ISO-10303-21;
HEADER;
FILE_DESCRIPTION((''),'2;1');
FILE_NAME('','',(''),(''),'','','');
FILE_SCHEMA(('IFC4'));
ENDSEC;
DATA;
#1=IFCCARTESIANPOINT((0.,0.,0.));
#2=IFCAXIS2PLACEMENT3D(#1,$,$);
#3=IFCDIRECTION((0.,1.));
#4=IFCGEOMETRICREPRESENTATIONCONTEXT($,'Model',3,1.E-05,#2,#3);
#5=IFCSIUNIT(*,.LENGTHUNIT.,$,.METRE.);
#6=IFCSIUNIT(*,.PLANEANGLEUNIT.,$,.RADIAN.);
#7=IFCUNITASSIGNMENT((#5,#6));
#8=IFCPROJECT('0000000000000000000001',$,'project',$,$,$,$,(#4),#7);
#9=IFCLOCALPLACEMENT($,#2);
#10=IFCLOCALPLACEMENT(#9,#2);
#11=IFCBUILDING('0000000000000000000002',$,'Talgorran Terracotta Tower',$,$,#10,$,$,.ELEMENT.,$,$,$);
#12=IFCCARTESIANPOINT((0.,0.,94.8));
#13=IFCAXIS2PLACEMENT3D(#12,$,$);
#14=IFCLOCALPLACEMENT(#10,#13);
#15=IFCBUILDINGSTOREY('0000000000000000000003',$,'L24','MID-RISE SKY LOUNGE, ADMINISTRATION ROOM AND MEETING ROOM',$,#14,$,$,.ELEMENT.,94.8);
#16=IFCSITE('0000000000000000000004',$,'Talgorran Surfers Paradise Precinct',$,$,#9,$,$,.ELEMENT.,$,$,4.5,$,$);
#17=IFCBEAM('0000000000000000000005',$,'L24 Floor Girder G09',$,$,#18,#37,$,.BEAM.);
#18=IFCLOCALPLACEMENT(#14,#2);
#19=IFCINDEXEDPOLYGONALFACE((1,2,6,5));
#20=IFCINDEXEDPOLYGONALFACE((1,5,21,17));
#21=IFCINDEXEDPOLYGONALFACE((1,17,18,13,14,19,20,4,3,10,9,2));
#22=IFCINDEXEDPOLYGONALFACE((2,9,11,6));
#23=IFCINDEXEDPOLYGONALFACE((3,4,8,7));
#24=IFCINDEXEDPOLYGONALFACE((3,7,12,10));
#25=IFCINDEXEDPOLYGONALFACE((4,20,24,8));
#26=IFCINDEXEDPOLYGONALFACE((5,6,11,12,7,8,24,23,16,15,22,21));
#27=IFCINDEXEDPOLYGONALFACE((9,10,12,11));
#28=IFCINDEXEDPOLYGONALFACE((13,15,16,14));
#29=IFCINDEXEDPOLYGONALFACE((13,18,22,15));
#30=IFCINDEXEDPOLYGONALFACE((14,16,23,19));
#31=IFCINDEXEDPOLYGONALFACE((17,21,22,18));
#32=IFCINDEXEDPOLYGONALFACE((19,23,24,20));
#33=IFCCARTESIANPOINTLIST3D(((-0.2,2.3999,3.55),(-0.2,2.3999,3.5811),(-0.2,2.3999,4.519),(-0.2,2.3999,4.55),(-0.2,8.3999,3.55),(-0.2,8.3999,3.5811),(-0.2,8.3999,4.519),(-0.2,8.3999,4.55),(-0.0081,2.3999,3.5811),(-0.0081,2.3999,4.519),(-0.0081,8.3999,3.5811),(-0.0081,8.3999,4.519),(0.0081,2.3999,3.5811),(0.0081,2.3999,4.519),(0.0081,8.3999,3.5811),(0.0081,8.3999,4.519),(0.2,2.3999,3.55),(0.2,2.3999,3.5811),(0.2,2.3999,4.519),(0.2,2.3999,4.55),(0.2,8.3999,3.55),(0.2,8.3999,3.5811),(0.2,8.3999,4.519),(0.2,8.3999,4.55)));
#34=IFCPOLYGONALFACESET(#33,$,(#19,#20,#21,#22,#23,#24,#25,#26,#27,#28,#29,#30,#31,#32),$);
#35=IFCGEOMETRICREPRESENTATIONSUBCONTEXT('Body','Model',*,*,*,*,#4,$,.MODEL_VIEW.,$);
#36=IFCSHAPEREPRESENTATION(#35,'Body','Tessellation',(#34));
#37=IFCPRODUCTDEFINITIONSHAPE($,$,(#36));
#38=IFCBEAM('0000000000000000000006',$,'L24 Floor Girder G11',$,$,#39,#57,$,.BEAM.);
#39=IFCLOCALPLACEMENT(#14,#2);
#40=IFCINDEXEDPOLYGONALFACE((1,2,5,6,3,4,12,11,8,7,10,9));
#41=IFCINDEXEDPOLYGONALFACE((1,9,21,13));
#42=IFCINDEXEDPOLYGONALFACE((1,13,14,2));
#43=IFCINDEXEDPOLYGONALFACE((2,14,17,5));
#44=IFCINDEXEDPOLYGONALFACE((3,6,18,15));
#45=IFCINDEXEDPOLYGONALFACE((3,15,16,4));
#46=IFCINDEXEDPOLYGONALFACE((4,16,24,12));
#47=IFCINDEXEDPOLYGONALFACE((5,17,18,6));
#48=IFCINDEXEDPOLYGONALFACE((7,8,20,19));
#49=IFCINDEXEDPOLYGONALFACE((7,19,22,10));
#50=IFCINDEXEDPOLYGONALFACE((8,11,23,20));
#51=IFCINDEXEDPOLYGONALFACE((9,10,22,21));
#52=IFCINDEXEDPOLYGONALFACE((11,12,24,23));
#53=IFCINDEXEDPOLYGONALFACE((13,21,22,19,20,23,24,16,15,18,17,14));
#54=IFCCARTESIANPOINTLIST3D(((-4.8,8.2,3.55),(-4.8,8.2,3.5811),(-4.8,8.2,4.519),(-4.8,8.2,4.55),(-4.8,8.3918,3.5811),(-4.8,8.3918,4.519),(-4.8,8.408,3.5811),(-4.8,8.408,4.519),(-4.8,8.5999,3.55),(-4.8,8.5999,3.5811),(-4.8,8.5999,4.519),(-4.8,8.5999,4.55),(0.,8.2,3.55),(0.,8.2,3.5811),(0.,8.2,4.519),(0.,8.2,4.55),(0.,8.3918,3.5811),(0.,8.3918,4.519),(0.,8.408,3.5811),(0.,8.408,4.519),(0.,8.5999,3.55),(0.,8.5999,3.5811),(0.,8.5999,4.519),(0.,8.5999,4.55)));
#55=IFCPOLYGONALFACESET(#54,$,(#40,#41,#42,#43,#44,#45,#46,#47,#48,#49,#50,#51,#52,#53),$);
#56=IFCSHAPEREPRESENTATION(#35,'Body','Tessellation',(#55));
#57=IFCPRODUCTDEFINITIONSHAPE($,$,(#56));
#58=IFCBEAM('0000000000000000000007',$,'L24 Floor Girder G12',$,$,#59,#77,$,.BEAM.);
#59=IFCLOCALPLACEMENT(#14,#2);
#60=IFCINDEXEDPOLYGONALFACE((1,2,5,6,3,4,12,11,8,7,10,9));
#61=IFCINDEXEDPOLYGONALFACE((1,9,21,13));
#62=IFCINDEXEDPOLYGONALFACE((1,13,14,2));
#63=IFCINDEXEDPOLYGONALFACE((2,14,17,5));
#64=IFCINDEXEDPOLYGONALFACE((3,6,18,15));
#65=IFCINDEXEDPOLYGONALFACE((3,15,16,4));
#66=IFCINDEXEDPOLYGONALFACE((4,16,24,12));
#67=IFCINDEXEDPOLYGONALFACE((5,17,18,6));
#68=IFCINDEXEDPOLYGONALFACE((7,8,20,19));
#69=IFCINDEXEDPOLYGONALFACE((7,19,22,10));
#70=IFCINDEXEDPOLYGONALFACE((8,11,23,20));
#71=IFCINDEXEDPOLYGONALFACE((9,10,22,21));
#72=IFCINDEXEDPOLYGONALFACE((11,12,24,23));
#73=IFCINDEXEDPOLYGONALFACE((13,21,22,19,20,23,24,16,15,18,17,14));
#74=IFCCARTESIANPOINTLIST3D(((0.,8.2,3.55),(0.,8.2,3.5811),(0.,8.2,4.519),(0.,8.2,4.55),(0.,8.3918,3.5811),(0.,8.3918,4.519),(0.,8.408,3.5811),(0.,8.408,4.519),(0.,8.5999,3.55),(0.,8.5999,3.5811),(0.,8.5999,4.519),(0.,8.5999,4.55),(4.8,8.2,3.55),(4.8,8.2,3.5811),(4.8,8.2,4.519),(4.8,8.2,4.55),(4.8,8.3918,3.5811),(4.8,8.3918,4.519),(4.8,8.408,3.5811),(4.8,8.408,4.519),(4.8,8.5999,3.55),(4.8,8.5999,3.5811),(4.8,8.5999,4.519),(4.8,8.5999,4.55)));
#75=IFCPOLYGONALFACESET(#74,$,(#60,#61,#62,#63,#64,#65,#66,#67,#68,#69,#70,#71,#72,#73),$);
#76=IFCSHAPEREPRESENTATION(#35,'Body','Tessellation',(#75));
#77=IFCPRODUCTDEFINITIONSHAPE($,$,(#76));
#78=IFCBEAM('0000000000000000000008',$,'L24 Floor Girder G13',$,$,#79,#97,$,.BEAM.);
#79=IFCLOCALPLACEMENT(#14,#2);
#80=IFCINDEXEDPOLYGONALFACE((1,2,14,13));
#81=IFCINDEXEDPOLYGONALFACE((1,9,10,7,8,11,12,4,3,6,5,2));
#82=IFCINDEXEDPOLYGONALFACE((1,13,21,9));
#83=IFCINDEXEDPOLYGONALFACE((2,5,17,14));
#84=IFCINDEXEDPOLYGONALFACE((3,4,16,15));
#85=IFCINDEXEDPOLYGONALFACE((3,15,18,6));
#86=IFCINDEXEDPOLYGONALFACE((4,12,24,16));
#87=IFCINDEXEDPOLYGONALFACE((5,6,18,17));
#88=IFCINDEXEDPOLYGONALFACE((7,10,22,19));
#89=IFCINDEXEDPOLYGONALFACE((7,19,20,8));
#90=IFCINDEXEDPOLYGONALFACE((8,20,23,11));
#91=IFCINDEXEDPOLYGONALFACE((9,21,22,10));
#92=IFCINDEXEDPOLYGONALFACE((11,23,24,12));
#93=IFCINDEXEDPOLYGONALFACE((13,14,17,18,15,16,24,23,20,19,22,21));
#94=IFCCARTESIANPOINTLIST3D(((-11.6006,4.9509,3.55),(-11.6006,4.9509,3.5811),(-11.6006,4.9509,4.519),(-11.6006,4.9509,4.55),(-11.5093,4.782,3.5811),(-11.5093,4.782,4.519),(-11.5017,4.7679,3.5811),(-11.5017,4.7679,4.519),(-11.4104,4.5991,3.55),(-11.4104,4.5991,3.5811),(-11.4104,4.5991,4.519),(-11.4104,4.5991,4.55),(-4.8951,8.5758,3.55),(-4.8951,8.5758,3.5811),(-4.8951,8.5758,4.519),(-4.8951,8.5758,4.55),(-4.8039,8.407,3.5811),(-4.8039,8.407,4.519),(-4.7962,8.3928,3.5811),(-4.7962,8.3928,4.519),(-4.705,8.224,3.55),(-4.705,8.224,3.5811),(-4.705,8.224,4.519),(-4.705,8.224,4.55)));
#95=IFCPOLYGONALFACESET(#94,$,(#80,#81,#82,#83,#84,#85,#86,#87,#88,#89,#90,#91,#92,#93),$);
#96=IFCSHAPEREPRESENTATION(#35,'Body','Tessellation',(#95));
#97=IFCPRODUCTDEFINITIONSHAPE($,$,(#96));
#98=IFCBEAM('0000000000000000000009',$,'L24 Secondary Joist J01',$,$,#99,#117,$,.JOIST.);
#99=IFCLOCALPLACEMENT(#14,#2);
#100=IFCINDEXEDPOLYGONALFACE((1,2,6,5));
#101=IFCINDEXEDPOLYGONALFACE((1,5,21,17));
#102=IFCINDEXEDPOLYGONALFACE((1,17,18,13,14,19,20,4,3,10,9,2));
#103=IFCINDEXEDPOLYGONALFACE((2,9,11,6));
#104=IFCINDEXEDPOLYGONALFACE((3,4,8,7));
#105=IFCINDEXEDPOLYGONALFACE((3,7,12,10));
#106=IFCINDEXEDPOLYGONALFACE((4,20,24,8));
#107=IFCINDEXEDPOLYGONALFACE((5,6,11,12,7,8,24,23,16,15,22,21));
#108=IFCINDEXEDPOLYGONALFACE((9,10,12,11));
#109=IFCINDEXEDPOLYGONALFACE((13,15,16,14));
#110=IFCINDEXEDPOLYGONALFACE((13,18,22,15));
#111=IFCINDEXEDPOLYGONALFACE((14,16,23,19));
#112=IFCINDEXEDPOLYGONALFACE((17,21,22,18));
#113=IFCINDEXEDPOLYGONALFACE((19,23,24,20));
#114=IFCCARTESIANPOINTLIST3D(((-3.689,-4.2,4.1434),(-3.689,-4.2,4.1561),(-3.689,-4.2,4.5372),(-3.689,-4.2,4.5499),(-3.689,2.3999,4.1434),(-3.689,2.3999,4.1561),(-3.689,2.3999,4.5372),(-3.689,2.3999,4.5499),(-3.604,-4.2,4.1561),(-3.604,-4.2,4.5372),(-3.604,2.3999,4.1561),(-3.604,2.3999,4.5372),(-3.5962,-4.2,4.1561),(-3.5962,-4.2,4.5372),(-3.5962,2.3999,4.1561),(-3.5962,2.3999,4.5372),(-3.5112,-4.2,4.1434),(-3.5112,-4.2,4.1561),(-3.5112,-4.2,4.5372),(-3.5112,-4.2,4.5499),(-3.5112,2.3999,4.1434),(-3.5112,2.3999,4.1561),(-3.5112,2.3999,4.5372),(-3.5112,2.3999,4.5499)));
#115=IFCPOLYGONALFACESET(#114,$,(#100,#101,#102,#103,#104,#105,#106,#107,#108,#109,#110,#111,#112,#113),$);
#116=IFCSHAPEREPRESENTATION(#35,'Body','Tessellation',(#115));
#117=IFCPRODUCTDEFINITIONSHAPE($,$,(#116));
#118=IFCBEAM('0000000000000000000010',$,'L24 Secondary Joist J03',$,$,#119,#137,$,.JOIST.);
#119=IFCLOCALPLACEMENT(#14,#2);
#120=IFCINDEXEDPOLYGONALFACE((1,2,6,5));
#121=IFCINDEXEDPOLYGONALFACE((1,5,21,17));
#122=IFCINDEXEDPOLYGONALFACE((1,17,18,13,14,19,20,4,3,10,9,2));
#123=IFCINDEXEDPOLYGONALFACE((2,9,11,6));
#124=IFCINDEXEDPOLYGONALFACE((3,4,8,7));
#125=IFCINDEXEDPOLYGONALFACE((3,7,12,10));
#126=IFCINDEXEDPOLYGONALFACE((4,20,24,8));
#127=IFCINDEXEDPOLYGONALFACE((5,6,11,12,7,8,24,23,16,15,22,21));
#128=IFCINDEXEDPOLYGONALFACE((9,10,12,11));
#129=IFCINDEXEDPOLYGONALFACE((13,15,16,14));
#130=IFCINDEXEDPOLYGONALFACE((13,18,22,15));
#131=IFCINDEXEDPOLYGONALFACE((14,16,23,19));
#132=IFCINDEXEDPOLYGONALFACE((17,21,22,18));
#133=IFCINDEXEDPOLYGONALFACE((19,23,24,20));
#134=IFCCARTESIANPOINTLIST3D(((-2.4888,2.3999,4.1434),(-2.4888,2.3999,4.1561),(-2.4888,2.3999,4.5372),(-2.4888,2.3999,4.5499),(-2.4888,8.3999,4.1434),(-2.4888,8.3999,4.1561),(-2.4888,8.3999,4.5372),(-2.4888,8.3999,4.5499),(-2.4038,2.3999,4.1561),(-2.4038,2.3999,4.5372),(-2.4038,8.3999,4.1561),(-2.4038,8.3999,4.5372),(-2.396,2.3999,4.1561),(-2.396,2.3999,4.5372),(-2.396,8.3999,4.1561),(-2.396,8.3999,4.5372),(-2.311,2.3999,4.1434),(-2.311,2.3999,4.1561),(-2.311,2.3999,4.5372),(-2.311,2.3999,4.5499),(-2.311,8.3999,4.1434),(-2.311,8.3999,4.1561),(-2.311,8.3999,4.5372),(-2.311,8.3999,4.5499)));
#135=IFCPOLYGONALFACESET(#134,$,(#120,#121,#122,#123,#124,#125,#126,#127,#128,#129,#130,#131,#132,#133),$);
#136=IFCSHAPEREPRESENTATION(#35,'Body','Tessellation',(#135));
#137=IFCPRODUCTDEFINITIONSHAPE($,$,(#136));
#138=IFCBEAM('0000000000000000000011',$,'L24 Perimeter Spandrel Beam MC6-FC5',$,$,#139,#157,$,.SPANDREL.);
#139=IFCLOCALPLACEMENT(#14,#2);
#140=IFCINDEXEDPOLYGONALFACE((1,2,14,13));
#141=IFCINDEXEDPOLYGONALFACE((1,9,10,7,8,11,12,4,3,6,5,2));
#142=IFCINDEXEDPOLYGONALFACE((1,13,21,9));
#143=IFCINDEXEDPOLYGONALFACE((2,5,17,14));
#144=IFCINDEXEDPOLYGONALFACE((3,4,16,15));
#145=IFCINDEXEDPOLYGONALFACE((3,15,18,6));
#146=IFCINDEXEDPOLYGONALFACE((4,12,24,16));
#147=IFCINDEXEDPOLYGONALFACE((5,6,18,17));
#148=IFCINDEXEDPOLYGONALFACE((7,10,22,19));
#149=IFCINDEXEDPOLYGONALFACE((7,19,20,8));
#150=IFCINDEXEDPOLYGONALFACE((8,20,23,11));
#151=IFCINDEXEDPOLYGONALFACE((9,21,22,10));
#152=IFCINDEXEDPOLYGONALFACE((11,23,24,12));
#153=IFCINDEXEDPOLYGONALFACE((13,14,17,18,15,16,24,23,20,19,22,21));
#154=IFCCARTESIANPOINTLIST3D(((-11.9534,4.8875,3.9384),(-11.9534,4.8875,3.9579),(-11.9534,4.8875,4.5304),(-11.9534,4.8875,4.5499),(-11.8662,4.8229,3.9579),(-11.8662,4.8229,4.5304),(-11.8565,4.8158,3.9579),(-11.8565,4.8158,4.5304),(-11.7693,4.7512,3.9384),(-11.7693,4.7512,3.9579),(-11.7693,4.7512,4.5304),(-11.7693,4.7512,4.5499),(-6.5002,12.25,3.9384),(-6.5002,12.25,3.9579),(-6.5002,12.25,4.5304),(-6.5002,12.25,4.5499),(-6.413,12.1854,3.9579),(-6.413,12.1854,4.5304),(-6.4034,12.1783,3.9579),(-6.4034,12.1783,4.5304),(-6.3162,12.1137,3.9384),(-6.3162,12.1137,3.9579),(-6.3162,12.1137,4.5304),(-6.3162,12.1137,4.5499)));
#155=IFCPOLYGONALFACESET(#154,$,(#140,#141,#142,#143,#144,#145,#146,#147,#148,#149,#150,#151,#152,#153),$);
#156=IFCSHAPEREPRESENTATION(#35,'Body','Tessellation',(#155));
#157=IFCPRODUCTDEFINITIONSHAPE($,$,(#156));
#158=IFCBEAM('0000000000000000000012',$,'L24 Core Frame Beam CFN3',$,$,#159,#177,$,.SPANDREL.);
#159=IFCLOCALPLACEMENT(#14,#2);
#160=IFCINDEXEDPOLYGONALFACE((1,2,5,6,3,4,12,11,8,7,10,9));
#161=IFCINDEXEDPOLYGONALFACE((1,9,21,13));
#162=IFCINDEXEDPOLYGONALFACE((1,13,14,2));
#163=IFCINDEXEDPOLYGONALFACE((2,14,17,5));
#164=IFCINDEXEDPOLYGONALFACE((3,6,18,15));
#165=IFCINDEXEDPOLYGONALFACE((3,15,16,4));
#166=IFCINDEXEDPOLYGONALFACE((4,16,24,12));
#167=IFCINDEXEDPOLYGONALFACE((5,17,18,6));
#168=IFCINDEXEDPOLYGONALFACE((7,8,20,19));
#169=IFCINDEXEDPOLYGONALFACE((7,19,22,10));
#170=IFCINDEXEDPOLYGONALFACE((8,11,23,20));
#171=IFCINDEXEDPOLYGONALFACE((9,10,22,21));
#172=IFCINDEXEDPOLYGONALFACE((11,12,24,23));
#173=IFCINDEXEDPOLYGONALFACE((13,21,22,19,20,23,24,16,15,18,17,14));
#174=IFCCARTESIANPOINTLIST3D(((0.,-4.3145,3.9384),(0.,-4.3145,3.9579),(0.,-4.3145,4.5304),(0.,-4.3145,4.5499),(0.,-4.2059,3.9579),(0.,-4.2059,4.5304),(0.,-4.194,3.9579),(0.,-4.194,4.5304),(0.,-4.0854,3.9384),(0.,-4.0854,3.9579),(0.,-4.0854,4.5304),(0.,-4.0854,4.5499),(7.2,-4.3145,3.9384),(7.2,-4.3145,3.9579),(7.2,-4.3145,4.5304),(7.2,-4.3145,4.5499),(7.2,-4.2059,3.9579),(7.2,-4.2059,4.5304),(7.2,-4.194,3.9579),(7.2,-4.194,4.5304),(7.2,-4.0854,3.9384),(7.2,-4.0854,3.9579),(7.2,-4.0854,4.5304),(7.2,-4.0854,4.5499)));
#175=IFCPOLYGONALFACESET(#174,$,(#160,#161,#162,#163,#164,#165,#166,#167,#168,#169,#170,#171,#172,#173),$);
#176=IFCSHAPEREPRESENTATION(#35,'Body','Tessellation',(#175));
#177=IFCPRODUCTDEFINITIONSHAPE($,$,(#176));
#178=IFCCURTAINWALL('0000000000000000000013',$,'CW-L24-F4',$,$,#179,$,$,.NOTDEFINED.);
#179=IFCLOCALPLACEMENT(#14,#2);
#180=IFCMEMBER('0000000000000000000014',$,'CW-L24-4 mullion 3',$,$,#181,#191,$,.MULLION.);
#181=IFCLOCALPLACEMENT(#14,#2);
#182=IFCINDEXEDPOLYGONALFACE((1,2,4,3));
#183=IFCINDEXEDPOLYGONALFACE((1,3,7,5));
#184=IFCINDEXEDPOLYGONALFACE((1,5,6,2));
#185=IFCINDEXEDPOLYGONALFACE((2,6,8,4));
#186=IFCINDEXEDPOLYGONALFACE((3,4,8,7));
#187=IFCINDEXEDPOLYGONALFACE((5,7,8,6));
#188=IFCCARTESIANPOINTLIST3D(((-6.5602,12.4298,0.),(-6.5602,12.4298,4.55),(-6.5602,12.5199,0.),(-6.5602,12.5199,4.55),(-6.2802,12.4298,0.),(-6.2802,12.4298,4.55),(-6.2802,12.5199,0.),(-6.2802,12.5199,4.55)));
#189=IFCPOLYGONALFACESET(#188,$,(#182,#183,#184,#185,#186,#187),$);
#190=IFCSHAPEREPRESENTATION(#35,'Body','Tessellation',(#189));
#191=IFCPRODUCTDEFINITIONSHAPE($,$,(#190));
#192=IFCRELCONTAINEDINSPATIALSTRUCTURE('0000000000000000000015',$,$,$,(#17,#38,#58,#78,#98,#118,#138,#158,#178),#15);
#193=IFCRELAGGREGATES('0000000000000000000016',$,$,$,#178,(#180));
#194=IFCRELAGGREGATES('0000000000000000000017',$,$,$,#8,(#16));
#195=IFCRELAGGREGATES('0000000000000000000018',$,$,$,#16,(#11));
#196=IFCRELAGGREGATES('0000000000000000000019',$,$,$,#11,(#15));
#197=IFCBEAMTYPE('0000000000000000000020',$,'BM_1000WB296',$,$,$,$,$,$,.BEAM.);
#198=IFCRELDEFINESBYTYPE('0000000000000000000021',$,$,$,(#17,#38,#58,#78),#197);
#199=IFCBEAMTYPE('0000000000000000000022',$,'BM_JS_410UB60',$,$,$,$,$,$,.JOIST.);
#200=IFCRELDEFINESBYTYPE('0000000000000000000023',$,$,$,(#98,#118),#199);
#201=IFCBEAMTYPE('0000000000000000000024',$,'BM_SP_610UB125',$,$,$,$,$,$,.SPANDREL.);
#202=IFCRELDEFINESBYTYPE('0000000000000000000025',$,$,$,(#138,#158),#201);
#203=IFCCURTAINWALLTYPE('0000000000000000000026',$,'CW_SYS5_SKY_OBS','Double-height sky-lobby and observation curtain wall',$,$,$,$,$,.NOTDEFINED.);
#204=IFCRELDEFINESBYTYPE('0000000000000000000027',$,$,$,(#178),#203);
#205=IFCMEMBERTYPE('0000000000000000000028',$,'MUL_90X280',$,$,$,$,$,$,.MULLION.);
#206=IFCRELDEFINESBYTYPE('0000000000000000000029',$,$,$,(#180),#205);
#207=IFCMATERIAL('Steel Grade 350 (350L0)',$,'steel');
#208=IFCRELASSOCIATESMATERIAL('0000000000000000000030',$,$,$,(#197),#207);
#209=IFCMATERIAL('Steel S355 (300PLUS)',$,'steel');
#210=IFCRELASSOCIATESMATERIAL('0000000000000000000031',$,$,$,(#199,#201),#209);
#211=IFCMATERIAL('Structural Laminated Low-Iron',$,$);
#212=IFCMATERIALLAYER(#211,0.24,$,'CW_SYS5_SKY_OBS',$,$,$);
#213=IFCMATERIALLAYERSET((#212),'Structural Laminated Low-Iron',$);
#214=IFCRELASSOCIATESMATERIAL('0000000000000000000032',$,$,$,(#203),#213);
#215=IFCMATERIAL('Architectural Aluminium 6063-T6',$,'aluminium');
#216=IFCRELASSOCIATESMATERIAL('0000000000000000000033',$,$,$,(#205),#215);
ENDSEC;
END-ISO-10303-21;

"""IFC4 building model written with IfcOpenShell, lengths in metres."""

from ifc_helpers import new_model, si_unit, direction, frame, origin, origin_2d, place, context, subcontext, project, spatial, rectangle, i_section, extrude, material, layer, layer_set, material_profile, profile_set, type_object, element, aggregate, save


model = new_model("IFC4")

# Units and contexts
model_context = context("Model", 3, precision=1e-05, world=origin(), true_north=direction((0.0, 1.0)))
body_context = subcontext(model_context, "Body", "Model", "MODEL_VIEW")
ifc_project = project(units=[si_unit("LENGTHUNIT", "METRE"), si_unit("PLANEANGLEUNIT", "RADIAN")], contexts=[model_context])

# Site, building, storey
site_placement = place(None, origin())
site = spatial("IfcSite", under=ifc_project, at=site_placement, Name="Talgorran Surfers Paradise Precinct", CompositionType="ELEMENT", RefElevation=4.5)
building_placement = place(site_placement, origin())
building = spatial("IfcBuilding", under=site, at=building_placement, Name="Talgorran Terracotta Tower", CompositionType="ELEMENT")
storey_placement = place(building_placement, frame((0.0, 0.0, 94.8)))
storey = spatial("IfcBuildingStorey", under=building, at=storey_placement, Name="L24", Description="MID-RISE SKY LOUNGE, ADMINISTRATION ROOM AND MEETING ROOM", CompositionType="ELEMENT", Elevation=94.8)

# Shared definitions
ifc_material_1 = material(Name="Steel S355 (300PLUS)", Category="steel")
ifc_material_2 = material(Name="Steel Grade 350 (350L0)", Category="steel")

# Beams
ifc_material_profile_1 = material_profile(ifc_material_2, i_section(OverallWidth=0.3999, OverallDepth=1.0, WebThickness=0.0161, FlangeThickness=0.031, at=origin_2d()), Name="1000WB296")
ifc_profile_set_1 = profile_set([ifc_material_profile_1], Name="Steel Grade 350 (350L0)")
beam_type_1 = type_object("IfcBeamType", Name="BM_1000WB296", PredefinedType="BEAM", material=ifc_profile_set_1)
beam_1_placement = place(storey_placement, frame((0.0, 2.3999, 4.05), z_axis=(0.0, 1.0, 0.0), x_axis=(-1.0, 0.0, 0.0)))
element("IfcBeam", 1, at=beam_1_placement, inside=storey, type_object=beam_type_1, Name="L24 Floor Girder G09", PredefinedType="BEAM", context=body_context, shape_type="SweptSolid", body=[
    extrude(i_section(OverallWidth=0.3999, OverallDepth=1.0, WebThickness=0.0161, FlangeThickness=0.031, at=origin_2d()), origin(), (0.0, 0.0, 1.0), 6.0),
])
for number, where, z_axis, x_axis, name in (
    (2, (-4.8, 8.3999, 4.05), (1.0, 0.0, 0.0), (0.0, 1.0, 0.0), "L24 Floor Girder G11"),
    (3, (0.0, 8.3999, 4.05), (1.0, 0.0, 0.0), (0.0, 1.0, 0.0), "L24 Floor Girder G12"),
):
    element("IfcBeam", number, at=place(storey_placement, frame(where, z_axis=z_axis, x_axis=x_axis)), inside=storey, type_object=beam_type_1, Name=name, PredefinedType="BEAM", context=body_context, shape_type="SweptSolid", body=[
        extrude(i_section(OverallWidth=0.3999, OverallDepth=1.0, WebThickness=0.0161, FlangeThickness=0.031, at=origin_2d()), origin(), (0.0, 0.0, 1.0), 4.8),
    ])
beam_2_placement = place(storey_placement, frame((-4.8, 8.3999, 4.05), z_axis=(-0.879686, -0.475555, 0.0), x_axis=(0.475555, -0.879686, 0.0)))
element("IfcBeam", 4, at=beam_2_placement, inside=storey, type_object=beam_type_1, Name="L24 Floor Girder G13", PredefinedType="BEAM", context=body_context, shape_type="SweptSolid", body=[
    extrude(i_section(OverallWidth=0.3999, OverallDepth=1.0, WebThickness=0.0161, FlangeThickness=0.031, at=origin_2d()), origin(), (0.0, 0.0, 1.0), 7.6226),
])
ifc_material_profile_2 = material_profile(ifc_material_1, i_section(OverallWidth=0.1777, OverallDepth=0.4065, WebThickness=0.0078, FlangeThickness=0.0127, at=origin_2d()), Name="410UB59.7")
ifc_profile_set_2 = profile_set([ifc_material_profile_2], Name="Steel S355 (300PLUS)")
beam_type_2 = type_object("IfcBeamType", Name="BM_JS_410UB60", PredefinedType="JOIST", material=ifc_profile_set_2)
beam_3_placement = place(storey_placement, frame((-3.6001, -4.2, 4.3467), z_axis=(0.0, 1.0, 0.0), x_axis=(-1.0, 0.0, 0.0)))
element("IfcBeam", 5, at=beam_3_placement, inside=storey, type_object=beam_type_2, Name="L24 Secondary Joist J01", PredefinedType="JOIST", context=body_context, shape_type="SweptSolid", body=[
    extrude(i_section(OverallWidth=0.1777, OverallDepth=0.4065, WebThickness=0.0078, FlangeThickness=0.0127, at=origin_2d()), origin(), (0.0, 0.0, 1.0), 6.5999),
])
beam_4_placement = place(storey_placement, frame((-2.3999, 2.3999, 4.3467), z_axis=(0.0, 1.0, 0.0), x_axis=(-1.0, 0.0, 0.0)))
element("IfcBeam", 6, at=beam_4_placement, inside=storey, type_object=beam_type_2, Name="L24 Secondary Joist J03", PredefinedType="JOIST", context=body_context, shape_type="SweptSolid", body=[
    extrude(i_section(OverallWidth=0.1777, OverallDepth=0.4065, WebThickness=0.0078, FlangeThickness=0.0127, at=origin_2d()), origin(), (0.0, 0.0, 1.0), 6.0),
])
ifc_material_profile_3 = material_profile(ifc_material_1, i_section(OverallWidth=0.229, OverallDepth=0.6116, WebThickness=0.012, FlangeThickness=0.0195, at=origin_2d()), Name="610UB125")
ifc_profile_set_3 = profile_set([ifc_material_profile_3], Name="Steel S355 (300PLUS)")
beam_type_3 = type_object("IfcBeamType", Name="BM_SP_610UB125", PredefinedType="SPANDREL", material=ifc_profile_set_3)
beam_5_placement = place(storey_placement, frame((-6.4082, 12.1819, 4.2441), z_axis=(-0.595184, -0.803589, 0.0), x_axis=(0.803589, -0.595184, 0.0)))
element("IfcBeam", 7, at=beam_5_placement, inside=storey, type_object=beam_type_3, Name="L24 Perimeter Spandrel Beam MC6-FC5", PredefinedType="SPANDREL", context=body_context, shape_type="SweptSolid", body=[
    extrude(i_section(OverallWidth=0.229, OverallDepth=0.6116, WebThickness=0.012, FlangeThickness=0.0195, at=origin_2d()), origin(), (0.0, 0.0, 1.0), 9.1621),
])
beam_6_placement = place(storey_placement, frame((0.0, -4.2, 4.2441), z_axis=(1.0, 0.0, 0.0), x_axis=(0.0, 1.0, 0.0)))
element("IfcBeam", 8, at=beam_6_placement, inside=storey, type_object=beam_type_3, Name="L24 Core Frame Beam CFN3", PredefinedType="SPANDREL", context=body_context, shape_type="SweptSolid", body=[
    extrude(i_section(OverallWidth=0.229, OverallDepth=0.6116, WebThickness=0.012, FlangeThickness=0.0195, at=origin_2d()), origin(), (0.0, 0.0, 1.0), 7.2),
])

# Curtain wall, member
ifc_material_3 = material(Name="Structural Laminated Low-Iron")
ifc_layer_1 = layer(ifc_material_3, 0.24, Name="CW_SYS5_SKY_OBS")
ifc_layer_set_1 = layer_set([ifc_layer_1], Name="Structural Laminated Low-Iron")
curtain_wall_type = type_object("IfcCurtainWallType", Name="CW_SYS5_SKY_OBS", Description="Double-height sky-lobby and observation curtain wall", PredefinedType="NOTDEFINED", material=ifc_layer_set_1)
curtain_wall_1_placement = place(storey_placement, origin())
curtain_wall_1 = element("IfcCurtainWall", 9, at=curtain_wall_1_placement, inside=storey, type_object=curtain_wall_type, Name="CW-L24-F4", PredefinedType="NOTDEFINED")
ifc_material_4 = material(Name="Architectural Aluminium 6063-T6", Category="aluminium")
ifc_material_profile_4 = material_profile(ifc_material_4, rectangle(XDim=0.0901, YDim=0.28, at=origin_2d()), Name="CWM90X280")
ifc_profile_set_4 = profile_set([ifc_material_profile_4], Name="Architectural Aluminium 6063-T6")
member_type_1 = type_object("IfcMemberType", Name="MUL_90X280", PredefinedType="MULLION", material=ifc_profile_set_4)
member_1_placement = place(storey_placement, frame((-6.4202, 12.4749, 0.0), z_axis=(0.0, 0.0, 1.0), x_axis=(0.0, -1.0, 0.0)))
member_1 = element("IfcMember", 10, at=member_1_placement, type_object=member_type_1, Name="CW-L24-4 mullion 3", PredefinedType="MULLION", context=body_context, shape_type="SweptSolid", body=[
    extrude(rectangle(XDim=0.0901, YDim=0.28, at=origin_2d()), origin(), (0.0, 0.0, 1.0), 4.55),
])

aggregate(curtain_wall_1, [member_1])

save(model, "model.ifc")
